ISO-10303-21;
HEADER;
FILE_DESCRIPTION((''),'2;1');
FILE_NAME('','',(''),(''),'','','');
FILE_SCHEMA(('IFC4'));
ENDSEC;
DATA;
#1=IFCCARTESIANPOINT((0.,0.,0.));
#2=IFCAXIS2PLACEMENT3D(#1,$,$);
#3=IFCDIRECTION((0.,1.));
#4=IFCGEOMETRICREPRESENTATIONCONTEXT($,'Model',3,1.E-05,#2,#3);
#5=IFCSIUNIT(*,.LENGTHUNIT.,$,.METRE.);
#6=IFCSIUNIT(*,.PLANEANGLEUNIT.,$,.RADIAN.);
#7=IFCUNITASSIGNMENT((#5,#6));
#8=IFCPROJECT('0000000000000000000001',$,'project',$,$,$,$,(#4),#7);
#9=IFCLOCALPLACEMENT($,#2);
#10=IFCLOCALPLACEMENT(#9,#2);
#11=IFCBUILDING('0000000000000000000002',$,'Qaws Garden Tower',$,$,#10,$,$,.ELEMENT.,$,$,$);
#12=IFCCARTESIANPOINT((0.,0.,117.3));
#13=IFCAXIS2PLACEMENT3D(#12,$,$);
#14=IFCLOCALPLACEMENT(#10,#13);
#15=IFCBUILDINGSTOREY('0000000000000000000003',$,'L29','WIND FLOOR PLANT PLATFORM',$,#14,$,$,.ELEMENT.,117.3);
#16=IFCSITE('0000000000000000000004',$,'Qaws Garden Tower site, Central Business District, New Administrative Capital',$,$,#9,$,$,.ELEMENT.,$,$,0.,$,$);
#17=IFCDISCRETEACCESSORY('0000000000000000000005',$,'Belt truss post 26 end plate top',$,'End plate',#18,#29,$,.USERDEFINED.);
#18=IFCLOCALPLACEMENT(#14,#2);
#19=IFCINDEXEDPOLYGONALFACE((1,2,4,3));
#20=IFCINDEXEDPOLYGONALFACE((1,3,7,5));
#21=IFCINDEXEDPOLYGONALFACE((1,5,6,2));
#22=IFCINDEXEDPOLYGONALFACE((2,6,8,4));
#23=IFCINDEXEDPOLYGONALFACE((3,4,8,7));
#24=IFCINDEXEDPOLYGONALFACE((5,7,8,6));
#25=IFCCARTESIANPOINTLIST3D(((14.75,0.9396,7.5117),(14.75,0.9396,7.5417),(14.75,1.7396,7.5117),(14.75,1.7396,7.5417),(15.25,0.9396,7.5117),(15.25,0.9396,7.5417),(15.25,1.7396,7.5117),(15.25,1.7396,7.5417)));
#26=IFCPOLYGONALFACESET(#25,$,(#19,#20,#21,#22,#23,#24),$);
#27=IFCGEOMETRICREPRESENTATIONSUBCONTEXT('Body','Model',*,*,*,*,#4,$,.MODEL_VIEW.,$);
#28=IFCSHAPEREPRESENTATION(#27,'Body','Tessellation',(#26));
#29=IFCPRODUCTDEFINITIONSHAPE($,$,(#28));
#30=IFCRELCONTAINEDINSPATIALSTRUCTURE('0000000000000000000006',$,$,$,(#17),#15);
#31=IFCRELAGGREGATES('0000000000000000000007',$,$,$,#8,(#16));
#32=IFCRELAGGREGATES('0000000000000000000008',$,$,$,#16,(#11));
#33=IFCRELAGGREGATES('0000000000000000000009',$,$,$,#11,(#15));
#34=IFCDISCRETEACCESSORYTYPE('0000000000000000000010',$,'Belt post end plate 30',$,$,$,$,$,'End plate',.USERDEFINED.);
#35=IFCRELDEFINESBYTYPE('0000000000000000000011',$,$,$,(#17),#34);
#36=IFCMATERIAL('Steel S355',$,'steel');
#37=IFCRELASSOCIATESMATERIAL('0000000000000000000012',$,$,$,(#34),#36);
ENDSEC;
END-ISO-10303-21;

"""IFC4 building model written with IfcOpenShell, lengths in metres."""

from ifc_helpers import new_model, si_unit, direction, frame, origin, origin_2d, place, context, subcontext, project, spatial, rectangle, extrude, material, type_object, element, save


model = new_model("IFC4")

# Units and contexts
model_context = context("Model", 3, precision=1e-05, world=origin(), true_north=direction((0.0, 1.0)))
body_context = subcontext(model_context, "Body", "Model", "MODEL_VIEW")
ifc_project = project(units=[si_unit("LENGTHUNIT", "METRE"), si_unit("PLANEANGLEUNIT", "RADIAN")], contexts=[model_context])

# Site, building, storey
site_placement = place(None, origin())
site = spatial("IfcSite", under=ifc_project, at=site_placement, Name="Qaws Garden Tower site, Central Business District, New Administrative Capital", CompositionType="ELEMENT", RefElevation=0.0)
building_placement = place(site_placement, origin())
building = spatial("IfcBuilding", under=site, at=building_placement, Name="Qaws Garden Tower", CompositionType="ELEMENT")
storey_placement = place(building_placement, frame((0.0, 0.0, 117.3)))
storey = spatial("IfcBuildingStorey", under=building, at=storey_placement, Name="L29", Description="WIND FLOOR PLANT PLATFORM", CompositionType="ELEMENT", Elevation=117.3)

# Discrete accessory
ifc_material_1 = material(Name="Steel S355", Category="steel")
discrete_accessory_type = type_object("IfcDiscreteAccessoryType", Name="Belt post end plate 30", ElementType="End plate", PredefinedType="USERDEFINED", material=ifc_material_1)
discrete_accessory_1_placement = place(storey_placement, frame((15.0, 1.3396, 7.5117), z_axis=(0.0, 0.0, 1.0), x_axis=(1.0, 0.0, 0.0)))
element("IfcDiscreteAccessory", 1, at=discrete_accessory_1_placement, inside=storey, type_object=discrete_accessory_type, Name="Belt truss post 26 end plate top", ObjectType="End plate", PredefinedType="USERDEFINED", context=body_context, shape_type="SweptSolid", body=[
    extrude(rectangle(XDim=0.5, YDim=0.8, at=origin_2d()), origin(), (0.0, 0.0, 1.0), 0.03),
])

save(model, "model.ifc")
